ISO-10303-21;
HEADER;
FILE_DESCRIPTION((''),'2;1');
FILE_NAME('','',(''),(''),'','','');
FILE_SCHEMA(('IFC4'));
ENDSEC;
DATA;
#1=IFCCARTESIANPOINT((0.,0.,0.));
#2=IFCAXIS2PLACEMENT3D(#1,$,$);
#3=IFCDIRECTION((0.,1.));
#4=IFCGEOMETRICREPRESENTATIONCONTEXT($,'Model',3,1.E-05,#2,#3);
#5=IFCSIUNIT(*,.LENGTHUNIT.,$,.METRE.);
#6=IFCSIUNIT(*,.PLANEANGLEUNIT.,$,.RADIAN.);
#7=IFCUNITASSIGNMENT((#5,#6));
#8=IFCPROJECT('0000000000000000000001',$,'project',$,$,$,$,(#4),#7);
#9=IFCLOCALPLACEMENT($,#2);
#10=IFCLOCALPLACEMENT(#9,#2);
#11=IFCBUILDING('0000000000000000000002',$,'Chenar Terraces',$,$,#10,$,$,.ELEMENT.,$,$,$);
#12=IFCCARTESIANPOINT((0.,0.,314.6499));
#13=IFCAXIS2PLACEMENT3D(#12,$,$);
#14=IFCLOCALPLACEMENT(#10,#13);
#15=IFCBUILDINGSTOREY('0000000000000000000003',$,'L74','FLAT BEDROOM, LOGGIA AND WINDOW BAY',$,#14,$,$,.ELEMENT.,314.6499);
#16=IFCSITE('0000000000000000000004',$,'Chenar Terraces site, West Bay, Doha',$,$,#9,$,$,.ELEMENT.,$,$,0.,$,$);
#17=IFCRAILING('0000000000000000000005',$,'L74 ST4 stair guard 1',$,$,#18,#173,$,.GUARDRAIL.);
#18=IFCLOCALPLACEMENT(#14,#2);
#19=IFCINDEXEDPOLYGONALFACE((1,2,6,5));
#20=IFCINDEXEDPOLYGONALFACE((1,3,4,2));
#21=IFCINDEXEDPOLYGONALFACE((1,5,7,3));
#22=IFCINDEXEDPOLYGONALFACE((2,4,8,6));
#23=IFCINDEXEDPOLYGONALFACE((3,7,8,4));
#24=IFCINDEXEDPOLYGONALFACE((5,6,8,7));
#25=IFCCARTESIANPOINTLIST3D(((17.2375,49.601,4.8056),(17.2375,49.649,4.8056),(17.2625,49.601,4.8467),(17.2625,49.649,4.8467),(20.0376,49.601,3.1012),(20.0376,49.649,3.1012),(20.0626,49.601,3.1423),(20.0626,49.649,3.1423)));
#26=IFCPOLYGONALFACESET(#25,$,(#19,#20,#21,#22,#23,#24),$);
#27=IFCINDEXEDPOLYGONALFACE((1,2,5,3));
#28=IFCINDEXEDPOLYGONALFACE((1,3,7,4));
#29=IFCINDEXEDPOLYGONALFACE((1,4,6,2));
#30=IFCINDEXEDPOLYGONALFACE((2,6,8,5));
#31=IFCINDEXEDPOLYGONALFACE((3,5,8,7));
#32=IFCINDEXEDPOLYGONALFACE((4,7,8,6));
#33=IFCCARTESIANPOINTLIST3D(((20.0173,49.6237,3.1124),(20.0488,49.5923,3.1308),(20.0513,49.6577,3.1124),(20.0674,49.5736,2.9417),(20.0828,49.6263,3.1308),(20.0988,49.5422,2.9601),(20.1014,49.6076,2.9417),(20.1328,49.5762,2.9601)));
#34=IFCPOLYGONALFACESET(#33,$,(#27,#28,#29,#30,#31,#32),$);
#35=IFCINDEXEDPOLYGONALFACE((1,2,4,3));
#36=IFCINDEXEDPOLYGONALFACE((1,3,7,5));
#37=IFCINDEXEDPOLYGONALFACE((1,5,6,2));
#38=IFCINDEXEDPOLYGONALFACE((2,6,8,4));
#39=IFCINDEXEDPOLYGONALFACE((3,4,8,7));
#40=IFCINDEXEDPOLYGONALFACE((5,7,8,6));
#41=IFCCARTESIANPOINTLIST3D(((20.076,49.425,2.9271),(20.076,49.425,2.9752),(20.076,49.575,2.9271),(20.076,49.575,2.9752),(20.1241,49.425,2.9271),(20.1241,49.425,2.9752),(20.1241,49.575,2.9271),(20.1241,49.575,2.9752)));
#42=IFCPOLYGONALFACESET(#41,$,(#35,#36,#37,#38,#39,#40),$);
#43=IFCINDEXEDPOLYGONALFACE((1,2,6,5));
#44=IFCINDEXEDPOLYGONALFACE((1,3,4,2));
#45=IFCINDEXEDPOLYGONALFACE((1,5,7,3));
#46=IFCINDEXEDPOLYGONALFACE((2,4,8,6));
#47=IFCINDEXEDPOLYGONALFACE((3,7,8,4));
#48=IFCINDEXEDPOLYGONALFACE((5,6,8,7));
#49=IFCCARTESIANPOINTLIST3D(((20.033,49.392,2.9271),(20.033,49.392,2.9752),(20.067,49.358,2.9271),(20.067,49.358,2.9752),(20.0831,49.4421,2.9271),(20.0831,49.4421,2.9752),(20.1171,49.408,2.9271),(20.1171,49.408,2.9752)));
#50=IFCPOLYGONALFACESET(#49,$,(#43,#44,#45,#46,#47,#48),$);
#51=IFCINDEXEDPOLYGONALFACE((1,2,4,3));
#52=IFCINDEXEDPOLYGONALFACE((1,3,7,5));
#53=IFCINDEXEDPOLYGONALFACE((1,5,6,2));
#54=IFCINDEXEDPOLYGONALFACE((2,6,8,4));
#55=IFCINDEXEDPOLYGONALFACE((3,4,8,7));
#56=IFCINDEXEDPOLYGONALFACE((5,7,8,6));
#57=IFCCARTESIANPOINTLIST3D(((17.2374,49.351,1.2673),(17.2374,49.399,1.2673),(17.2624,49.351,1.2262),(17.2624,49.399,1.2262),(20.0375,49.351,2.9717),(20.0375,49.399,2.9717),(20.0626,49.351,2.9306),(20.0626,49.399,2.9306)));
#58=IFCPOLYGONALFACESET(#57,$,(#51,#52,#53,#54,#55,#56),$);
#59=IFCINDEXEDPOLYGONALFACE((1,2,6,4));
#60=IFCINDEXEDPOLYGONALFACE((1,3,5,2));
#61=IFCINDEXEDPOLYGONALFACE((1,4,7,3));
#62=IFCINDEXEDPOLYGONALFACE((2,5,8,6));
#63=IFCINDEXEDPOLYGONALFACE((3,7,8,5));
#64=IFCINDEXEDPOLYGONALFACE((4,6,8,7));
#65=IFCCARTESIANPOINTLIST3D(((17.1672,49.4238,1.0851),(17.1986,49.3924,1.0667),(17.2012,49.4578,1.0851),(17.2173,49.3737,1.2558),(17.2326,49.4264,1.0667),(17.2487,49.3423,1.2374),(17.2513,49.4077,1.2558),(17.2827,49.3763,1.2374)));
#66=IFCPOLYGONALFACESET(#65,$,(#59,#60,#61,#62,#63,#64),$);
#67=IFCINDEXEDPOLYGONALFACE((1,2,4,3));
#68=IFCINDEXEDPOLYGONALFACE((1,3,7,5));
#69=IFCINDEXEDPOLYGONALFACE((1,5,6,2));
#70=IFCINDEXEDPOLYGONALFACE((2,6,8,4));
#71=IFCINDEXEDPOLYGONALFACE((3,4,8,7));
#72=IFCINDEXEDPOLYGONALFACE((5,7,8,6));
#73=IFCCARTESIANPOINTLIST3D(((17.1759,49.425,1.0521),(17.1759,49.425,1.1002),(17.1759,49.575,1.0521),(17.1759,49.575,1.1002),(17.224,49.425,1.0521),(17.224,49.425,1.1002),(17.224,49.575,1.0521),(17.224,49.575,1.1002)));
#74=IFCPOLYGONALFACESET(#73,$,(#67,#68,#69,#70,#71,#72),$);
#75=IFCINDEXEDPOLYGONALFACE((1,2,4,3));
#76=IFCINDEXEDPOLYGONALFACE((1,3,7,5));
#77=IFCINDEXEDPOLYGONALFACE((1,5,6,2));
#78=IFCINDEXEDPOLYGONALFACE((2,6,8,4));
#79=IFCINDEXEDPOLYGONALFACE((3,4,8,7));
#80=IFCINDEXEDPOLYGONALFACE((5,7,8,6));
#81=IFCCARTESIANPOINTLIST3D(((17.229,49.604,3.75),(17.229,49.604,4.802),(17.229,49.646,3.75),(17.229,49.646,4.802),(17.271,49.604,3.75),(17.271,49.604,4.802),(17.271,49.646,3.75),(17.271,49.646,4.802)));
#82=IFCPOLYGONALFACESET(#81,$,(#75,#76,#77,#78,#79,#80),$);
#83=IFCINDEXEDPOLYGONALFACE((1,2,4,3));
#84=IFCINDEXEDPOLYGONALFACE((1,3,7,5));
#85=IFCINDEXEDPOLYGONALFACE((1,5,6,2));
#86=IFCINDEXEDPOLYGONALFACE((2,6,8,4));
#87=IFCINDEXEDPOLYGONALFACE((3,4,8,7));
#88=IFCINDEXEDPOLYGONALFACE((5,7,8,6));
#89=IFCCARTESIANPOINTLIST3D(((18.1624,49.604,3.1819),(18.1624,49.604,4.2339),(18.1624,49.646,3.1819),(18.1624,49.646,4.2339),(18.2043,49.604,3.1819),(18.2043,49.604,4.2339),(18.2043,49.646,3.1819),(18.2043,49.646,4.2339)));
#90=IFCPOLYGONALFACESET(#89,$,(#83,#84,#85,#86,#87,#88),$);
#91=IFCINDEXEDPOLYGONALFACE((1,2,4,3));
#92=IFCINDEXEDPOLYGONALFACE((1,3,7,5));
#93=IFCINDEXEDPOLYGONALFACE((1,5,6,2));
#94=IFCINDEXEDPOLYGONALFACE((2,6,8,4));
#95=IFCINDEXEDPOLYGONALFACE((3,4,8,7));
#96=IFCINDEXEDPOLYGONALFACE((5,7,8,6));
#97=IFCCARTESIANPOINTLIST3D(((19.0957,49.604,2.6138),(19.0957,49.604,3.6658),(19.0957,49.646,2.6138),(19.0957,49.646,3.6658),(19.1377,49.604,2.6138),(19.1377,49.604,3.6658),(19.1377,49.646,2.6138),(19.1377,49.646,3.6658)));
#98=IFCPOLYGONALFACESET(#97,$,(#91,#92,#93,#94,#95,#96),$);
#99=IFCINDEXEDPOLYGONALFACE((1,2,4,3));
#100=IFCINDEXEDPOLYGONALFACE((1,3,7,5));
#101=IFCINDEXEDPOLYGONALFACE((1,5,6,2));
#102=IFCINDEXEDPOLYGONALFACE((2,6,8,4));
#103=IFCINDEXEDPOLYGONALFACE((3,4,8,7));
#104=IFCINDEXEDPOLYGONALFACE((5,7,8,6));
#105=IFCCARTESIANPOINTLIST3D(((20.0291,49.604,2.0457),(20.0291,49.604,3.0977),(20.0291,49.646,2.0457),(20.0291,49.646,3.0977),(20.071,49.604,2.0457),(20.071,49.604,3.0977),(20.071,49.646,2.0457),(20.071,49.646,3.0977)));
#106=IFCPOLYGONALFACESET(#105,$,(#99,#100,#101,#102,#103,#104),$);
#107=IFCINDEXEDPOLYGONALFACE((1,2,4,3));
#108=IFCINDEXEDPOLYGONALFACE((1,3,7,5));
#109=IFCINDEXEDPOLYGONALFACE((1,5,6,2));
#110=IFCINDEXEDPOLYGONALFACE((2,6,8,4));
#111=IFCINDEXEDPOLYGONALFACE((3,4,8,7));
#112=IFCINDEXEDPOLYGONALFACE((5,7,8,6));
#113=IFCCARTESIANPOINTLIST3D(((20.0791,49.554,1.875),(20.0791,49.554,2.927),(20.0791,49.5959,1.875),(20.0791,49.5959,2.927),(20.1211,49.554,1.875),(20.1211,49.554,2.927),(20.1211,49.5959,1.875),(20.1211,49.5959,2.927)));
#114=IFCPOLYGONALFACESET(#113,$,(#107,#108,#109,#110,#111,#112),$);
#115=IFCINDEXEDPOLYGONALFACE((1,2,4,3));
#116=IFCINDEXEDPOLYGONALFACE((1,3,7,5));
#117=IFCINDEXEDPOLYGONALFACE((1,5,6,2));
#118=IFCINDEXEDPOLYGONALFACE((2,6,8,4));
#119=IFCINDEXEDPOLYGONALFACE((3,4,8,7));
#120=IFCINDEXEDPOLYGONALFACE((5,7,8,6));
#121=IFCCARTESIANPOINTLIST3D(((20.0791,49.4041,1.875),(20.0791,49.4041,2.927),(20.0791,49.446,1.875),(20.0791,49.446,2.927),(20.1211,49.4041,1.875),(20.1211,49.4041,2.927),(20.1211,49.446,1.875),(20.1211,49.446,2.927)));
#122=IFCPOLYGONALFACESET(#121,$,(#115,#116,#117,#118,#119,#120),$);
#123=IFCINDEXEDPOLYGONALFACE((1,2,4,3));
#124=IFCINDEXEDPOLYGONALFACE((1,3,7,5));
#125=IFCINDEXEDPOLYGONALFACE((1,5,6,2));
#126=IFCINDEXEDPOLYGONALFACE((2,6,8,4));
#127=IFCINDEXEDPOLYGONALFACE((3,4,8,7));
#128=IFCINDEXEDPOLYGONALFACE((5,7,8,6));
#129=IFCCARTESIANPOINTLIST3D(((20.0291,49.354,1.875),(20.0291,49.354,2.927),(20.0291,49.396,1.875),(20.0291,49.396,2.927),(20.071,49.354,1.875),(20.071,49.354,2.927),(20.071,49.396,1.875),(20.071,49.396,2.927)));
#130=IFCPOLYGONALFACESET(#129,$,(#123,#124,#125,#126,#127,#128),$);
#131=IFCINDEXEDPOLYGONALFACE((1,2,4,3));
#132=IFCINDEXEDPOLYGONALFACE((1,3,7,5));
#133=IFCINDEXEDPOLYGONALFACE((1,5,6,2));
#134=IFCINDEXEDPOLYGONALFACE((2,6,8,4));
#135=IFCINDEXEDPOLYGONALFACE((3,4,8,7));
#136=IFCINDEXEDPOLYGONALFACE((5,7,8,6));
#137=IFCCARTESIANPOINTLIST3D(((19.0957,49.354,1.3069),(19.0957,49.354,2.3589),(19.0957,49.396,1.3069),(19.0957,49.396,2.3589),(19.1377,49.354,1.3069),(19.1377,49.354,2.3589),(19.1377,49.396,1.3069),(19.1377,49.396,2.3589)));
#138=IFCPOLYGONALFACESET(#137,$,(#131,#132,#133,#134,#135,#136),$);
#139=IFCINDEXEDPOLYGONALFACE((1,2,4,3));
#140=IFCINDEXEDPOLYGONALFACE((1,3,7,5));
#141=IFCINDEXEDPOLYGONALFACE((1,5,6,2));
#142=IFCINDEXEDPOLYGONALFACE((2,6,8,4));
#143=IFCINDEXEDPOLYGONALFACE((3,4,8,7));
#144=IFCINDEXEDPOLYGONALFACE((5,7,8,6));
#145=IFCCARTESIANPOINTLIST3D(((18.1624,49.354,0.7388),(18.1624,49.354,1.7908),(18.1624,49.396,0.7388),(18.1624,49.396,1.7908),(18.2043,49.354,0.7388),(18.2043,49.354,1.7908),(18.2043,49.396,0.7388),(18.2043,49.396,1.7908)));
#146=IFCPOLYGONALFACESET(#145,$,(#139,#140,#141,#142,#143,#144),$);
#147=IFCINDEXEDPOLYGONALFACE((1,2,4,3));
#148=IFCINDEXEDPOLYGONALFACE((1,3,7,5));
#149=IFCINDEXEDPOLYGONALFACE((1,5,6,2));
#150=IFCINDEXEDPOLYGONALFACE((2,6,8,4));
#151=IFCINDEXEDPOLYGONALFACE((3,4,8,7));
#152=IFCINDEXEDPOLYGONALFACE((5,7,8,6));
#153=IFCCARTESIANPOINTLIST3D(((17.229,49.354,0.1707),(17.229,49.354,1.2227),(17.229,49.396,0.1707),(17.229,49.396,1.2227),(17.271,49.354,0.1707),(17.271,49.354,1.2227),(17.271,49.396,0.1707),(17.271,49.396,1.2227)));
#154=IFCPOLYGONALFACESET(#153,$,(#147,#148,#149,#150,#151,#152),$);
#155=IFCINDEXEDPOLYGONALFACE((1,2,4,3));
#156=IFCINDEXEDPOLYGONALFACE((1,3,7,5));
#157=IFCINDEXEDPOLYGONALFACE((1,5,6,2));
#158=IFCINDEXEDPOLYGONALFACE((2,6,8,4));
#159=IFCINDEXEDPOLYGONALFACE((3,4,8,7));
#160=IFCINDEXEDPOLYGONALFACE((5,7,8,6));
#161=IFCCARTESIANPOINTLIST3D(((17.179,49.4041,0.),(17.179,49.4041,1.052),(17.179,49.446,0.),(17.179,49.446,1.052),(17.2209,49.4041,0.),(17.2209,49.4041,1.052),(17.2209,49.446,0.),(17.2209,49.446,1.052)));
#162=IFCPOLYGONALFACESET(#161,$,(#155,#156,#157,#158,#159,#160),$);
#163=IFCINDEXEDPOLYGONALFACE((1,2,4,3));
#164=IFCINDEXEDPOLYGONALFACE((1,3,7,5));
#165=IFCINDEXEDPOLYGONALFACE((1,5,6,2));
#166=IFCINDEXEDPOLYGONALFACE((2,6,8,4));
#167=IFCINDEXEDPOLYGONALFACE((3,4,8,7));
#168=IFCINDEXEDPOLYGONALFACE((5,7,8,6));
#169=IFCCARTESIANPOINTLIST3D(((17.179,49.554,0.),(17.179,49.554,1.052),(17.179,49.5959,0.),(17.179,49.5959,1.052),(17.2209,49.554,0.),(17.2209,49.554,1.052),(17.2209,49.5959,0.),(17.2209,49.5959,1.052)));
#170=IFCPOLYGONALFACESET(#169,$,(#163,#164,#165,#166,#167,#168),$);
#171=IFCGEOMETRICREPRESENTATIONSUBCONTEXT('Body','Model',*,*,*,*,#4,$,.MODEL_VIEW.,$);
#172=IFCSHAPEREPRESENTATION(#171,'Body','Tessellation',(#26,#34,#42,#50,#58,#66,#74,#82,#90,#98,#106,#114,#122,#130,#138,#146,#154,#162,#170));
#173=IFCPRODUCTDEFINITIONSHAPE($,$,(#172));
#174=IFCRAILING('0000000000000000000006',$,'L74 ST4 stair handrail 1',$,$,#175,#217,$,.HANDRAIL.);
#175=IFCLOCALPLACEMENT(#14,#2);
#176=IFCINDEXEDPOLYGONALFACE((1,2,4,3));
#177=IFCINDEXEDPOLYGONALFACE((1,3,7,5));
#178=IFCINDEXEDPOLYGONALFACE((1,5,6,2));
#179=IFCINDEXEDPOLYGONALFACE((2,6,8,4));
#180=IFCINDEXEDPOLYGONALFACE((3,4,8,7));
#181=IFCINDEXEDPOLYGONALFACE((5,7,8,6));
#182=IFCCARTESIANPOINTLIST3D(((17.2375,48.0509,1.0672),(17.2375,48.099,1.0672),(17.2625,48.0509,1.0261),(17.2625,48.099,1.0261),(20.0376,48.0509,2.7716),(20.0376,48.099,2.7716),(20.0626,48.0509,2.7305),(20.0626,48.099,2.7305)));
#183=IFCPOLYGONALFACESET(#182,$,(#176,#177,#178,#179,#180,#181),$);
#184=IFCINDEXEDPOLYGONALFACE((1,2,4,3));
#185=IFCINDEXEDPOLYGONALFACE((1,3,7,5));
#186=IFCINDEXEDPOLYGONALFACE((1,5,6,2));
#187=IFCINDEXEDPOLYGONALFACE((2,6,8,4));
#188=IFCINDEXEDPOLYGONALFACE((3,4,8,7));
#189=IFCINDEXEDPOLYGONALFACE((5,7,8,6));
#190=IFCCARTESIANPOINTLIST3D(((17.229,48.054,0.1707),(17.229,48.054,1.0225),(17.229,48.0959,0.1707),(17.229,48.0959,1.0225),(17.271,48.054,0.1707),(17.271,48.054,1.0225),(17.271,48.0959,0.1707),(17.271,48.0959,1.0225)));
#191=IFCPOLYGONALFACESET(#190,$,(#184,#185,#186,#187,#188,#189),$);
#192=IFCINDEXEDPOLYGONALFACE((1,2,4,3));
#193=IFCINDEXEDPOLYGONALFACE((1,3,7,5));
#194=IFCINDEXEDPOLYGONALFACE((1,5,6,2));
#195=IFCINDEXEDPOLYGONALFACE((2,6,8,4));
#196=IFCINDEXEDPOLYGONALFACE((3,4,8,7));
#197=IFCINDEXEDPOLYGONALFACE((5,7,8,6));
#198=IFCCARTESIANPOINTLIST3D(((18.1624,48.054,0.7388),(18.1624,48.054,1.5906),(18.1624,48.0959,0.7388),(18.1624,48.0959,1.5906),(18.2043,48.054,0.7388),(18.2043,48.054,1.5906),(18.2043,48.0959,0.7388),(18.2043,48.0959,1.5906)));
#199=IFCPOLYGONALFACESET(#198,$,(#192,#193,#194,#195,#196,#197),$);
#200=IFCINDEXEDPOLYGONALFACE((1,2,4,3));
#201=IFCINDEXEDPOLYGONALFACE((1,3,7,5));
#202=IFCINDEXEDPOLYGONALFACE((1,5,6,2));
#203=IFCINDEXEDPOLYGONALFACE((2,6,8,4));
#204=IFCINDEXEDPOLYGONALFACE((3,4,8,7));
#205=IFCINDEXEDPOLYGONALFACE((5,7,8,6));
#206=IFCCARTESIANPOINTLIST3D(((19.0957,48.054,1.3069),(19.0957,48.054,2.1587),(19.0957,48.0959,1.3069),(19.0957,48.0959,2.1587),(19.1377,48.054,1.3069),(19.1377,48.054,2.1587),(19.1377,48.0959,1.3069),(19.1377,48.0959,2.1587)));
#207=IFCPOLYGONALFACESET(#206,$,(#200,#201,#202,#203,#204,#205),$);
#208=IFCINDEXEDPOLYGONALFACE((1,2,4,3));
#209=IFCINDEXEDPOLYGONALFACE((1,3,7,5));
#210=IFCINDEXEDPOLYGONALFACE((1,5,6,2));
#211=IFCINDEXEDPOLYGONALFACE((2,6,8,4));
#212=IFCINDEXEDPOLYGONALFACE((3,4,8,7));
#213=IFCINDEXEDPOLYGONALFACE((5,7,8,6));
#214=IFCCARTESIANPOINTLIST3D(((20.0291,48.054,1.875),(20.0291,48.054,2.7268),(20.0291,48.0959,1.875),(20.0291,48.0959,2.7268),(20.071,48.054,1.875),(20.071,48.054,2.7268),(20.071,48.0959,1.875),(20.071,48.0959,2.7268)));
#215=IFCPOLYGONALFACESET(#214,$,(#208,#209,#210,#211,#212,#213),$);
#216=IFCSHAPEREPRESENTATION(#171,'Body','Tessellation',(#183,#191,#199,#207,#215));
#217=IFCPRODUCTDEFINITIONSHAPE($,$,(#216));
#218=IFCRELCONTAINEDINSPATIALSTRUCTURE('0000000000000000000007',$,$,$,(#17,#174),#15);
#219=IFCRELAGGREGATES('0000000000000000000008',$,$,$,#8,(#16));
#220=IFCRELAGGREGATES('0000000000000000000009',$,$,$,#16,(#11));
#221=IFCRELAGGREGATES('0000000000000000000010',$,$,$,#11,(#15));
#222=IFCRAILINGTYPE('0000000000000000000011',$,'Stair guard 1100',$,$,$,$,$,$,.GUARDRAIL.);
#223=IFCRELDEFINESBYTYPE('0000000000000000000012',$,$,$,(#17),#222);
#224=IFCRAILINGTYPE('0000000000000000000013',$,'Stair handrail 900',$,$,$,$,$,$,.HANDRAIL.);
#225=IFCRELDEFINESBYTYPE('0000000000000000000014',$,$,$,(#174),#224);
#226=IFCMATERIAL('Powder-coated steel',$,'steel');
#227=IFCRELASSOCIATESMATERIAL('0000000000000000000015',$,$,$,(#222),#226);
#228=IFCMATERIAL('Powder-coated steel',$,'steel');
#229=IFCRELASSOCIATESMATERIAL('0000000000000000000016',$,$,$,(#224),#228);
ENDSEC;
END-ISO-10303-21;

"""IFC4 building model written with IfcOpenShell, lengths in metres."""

from ifc_helpers import new_model, si_unit, direction, frame, origin, origin_2d, place, context, subcontext, project, spatial, rectangle, extrude, material, type_object, element, save


model = new_model("IFC4")

# Units and contexts
model_context = context("Model", 3, precision=1e-05, world=origin(), true_north=direction((0.0, 1.0)))
body_context = subcontext(model_context, "Body", "Model", "MODEL_VIEW")
ifc_project = project(units=[si_unit("LENGTHUNIT", "METRE"), si_unit("PLANEANGLEUNIT", "RADIAN")], contexts=[model_context])

# Site, building, storey
site_placement = place(None, origin())
site = spatial("IfcSite", under=ifc_project, at=site_placement, Name="Chenar Terraces site, West Bay, Doha", CompositionType="ELEMENT", RefElevation=0.0)
building_placement = place(site_placement, origin())
building = spatial("IfcBuilding", under=site, at=building_placement, Name="Chenar Terraces", CompositionType="ELEMENT")
storey_placement = place(building_placement, frame((0.0, 0.0, 314.6499)))
storey = spatial("IfcBuildingStorey", under=building, at=storey_placement, Name="L74", Description="FLAT BEDROOM, LOGGIA AND WINDOW BAY", CompositionType="ELEMENT", Elevation=314.6499)

# Railings
ifc_material_1 = material(Name="Powder-coated steel", Category="steel")
railing_type_1 = type_object("IfcRailingType", Name="Stair guard 1100", PredefinedType="GUARDRAIL", material=ifc_material_1)
railing_1_placement = place(storey_placement, frame((17.25, 49.625, 3.75)))
element("IfcRailing", 1, at=railing_1_placement, inside=storey, type_object=railing_type_1, Name="L74 ST4 stair guard 1", PredefinedType="GUARDRAIL", context=body_context, shape_type="SweptSolid", body=[
    extrude(rectangle(XDim=0.0481, YDim=0.0481, at=origin_2d()), frame((0.0, 0.0, 1.0762), z_axis=(0.854203, 0.0, -0.51994), x_axis=(0.0, 1.0, 0.0)), (0.0, 0.0, 1.0), 3.2781),
    extrude(rectangle(XDim=0.0481, YDim=0.0481, at=origin_2d()), frame((2.8, 0.0, -0.6284), z_axis=(0.2709, -0.2709, -0.923703), x_axis=(0.707107, 0.707107, 0.0)), (0.0, 0.0, 1.0), 0.1848),
    extrude(rectangle(XDim=0.0481, YDim=0.0481, at=origin_2d()), frame((2.8501, -0.05, -0.7988), z_axis=(0.0, -1.0, 0.0), x_axis=(1.0, 0.0, 0.0)), (0.0, 0.0, 1.0), 0.1499),
    extrude(rectangle(XDim=0.0481, YDim=0.0481, at=origin_2d()), frame((2.8501, -0.2, -0.7988), z_axis=(-0.707107, -0.707107, 0.0), x_axis=(0.707107, -0.707107, 0.0)), (0.0, 0.0, 1.0), 0.0708),
    extrude(rectangle(XDim=0.0481, YDim=0.0481, at=origin_2d()), frame((2.8, -0.25, -0.7988), z_axis=(-0.854203, 0.0, -0.51994), x_axis=(0.0, -1.0, 0.0)), (0.0, 0.0, 1.0), 3.2781),
    extrude(rectangle(XDim=0.0481, YDim=0.0481, at=origin_2d()), frame((0.0, -0.25, -2.5034), z_axis=(-0.2709, 0.2709, -0.923703), x_axis=(-0.707107, -0.707107, 0.0)), (0.0, 0.0, 1.0), 0.1848),
    extrude(rectangle(XDim=0.0481, YDim=0.0481, at=origin_2d()), frame((-0.05, -0.2, -2.6738), z_axis=(0.0, 1.0, 0.0), x_axis=(-1.0, 0.0, 0.0)), (0.0, 0.0, 1.0), 0.1499),
    extrude(rectangle(XDim=0.042, YDim=0.042, at=origin_2d()), origin(), (0.0, 0.0, 1.0), 1.052),
    extrude(rectangle(XDim=0.042, YDim=0.042, at=origin_2d()), frame((0.9333, 0.0, -0.5681)), (0.0, 0.0, 1.0), 1.052),
    extrude(rectangle(XDim=0.042, YDim=0.042, at=origin_2d()), frame((1.8667, 0.0, -1.1362)), (0.0, 0.0, 1.0), 1.052),
    extrude(rectangle(XDim=0.042, YDim=0.042, at=origin_2d()), frame((2.8, 0.0, -1.7043)), (0.0, 0.0, 1.0), 1.052),
    extrude(rectangle(XDim=0.042, YDim=0.042, at=origin_2d()), frame((2.8501, -0.05, -1.875)), (0.0, 0.0, 1.0), 1.052),
    extrude(rectangle(XDim=0.042, YDim=0.042, at=origin_2d()), frame((2.8501, -0.2, -1.875)), (0.0, 0.0, 1.0), 1.052),
    extrude(rectangle(XDim=0.042, YDim=0.042, at=origin_2d()), frame((2.8, -0.25, -1.875)), (0.0, 0.0, 1.0), 1.052),
    extrude(rectangle(XDim=0.042, YDim=0.042, at=origin_2d()), frame((1.8667, -0.25, -2.4431)), (0.0, 0.0, 1.0), 1.052),
    extrude(rectangle(XDim=0.042, YDim=0.042, at=origin_2d()), frame((0.9333, -0.25, -3.0112)), (0.0, 0.0, 1.0), 1.052),
    extrude(rectangle(XDim=0.042, YDim=0.042, at=origin_2d()), frame((0.0, -0.25, -3.5793)), (0.0, 0.0, 1.0), 1.052),
    extrude(rectangle(XDim=0.042, YDim=0.042, at=origin_2d()), frame((-0.05, -0.2, -3.75)), (0.0, 0.0, 1.0), 1.052),
    extrude(rectangle(XDim=0.042, YDim=0.042, at=origin_2d()), frame((-0.05, -0.05, -3.75)), (0.0, 0.0, 1.0), 1.052),
])
ifc_material_2 = material(Name="Powder-coated steel", Category="steel")
railing_type_2 = type_object("IfcRailingType", Name="Stair handrail 900", PredefinedType="HANDRAIL", material=ifc_material_2)
railing_2_placement = place(storey_placement, frame((17.25, 48.075, 0.1707)))
element("IfcRailing", 2, at=railing_2_placement, inside=storey, type_object=railing_type_2, Name="L74 ST4 stair handrail 1", PredefinedType="HANDRAIL", context=body_context, shape_type="SweptSolid", body=[
    extrude(rectangle(XDim=0.0481, YDim=0.0481, at=origin_2d()), frame((0.0, 0.0, 0.876), z_axis=(0.854203, 0.0, 0.51994), x_axis=(0.0, 1.0, 0.0)), (0.0, 0.0, 1.0), 3.2781),
    extrude(rectangle(XDim=0.042, YDim=0.042, at=origin_2d()), origin(), (0.0, 0.0, 1.0), 0.8518),
    extrude(rectangle(XDim=0.042, YDim=0.042, at=origin_2d()), frame((0.9333, 0.0, 0.5681)), (0.0, 0.0, 1.0), 0.8518),
    extrude(rectangle(XDim=0.042, YDim=0.042, at=origin_2d()), frame((1.8667, 0.0, 1.1362)), (0.0, 0.0, 1.0), 0.8518),
    extrude(rectangle(XDim=0.042, YDim=0.042, at=origin_2d()), frame((2.8, 0.0, 1.7043)), (0.0, 0.0, 1.0), 0.8518),
])

save(model, "model.ifc")
